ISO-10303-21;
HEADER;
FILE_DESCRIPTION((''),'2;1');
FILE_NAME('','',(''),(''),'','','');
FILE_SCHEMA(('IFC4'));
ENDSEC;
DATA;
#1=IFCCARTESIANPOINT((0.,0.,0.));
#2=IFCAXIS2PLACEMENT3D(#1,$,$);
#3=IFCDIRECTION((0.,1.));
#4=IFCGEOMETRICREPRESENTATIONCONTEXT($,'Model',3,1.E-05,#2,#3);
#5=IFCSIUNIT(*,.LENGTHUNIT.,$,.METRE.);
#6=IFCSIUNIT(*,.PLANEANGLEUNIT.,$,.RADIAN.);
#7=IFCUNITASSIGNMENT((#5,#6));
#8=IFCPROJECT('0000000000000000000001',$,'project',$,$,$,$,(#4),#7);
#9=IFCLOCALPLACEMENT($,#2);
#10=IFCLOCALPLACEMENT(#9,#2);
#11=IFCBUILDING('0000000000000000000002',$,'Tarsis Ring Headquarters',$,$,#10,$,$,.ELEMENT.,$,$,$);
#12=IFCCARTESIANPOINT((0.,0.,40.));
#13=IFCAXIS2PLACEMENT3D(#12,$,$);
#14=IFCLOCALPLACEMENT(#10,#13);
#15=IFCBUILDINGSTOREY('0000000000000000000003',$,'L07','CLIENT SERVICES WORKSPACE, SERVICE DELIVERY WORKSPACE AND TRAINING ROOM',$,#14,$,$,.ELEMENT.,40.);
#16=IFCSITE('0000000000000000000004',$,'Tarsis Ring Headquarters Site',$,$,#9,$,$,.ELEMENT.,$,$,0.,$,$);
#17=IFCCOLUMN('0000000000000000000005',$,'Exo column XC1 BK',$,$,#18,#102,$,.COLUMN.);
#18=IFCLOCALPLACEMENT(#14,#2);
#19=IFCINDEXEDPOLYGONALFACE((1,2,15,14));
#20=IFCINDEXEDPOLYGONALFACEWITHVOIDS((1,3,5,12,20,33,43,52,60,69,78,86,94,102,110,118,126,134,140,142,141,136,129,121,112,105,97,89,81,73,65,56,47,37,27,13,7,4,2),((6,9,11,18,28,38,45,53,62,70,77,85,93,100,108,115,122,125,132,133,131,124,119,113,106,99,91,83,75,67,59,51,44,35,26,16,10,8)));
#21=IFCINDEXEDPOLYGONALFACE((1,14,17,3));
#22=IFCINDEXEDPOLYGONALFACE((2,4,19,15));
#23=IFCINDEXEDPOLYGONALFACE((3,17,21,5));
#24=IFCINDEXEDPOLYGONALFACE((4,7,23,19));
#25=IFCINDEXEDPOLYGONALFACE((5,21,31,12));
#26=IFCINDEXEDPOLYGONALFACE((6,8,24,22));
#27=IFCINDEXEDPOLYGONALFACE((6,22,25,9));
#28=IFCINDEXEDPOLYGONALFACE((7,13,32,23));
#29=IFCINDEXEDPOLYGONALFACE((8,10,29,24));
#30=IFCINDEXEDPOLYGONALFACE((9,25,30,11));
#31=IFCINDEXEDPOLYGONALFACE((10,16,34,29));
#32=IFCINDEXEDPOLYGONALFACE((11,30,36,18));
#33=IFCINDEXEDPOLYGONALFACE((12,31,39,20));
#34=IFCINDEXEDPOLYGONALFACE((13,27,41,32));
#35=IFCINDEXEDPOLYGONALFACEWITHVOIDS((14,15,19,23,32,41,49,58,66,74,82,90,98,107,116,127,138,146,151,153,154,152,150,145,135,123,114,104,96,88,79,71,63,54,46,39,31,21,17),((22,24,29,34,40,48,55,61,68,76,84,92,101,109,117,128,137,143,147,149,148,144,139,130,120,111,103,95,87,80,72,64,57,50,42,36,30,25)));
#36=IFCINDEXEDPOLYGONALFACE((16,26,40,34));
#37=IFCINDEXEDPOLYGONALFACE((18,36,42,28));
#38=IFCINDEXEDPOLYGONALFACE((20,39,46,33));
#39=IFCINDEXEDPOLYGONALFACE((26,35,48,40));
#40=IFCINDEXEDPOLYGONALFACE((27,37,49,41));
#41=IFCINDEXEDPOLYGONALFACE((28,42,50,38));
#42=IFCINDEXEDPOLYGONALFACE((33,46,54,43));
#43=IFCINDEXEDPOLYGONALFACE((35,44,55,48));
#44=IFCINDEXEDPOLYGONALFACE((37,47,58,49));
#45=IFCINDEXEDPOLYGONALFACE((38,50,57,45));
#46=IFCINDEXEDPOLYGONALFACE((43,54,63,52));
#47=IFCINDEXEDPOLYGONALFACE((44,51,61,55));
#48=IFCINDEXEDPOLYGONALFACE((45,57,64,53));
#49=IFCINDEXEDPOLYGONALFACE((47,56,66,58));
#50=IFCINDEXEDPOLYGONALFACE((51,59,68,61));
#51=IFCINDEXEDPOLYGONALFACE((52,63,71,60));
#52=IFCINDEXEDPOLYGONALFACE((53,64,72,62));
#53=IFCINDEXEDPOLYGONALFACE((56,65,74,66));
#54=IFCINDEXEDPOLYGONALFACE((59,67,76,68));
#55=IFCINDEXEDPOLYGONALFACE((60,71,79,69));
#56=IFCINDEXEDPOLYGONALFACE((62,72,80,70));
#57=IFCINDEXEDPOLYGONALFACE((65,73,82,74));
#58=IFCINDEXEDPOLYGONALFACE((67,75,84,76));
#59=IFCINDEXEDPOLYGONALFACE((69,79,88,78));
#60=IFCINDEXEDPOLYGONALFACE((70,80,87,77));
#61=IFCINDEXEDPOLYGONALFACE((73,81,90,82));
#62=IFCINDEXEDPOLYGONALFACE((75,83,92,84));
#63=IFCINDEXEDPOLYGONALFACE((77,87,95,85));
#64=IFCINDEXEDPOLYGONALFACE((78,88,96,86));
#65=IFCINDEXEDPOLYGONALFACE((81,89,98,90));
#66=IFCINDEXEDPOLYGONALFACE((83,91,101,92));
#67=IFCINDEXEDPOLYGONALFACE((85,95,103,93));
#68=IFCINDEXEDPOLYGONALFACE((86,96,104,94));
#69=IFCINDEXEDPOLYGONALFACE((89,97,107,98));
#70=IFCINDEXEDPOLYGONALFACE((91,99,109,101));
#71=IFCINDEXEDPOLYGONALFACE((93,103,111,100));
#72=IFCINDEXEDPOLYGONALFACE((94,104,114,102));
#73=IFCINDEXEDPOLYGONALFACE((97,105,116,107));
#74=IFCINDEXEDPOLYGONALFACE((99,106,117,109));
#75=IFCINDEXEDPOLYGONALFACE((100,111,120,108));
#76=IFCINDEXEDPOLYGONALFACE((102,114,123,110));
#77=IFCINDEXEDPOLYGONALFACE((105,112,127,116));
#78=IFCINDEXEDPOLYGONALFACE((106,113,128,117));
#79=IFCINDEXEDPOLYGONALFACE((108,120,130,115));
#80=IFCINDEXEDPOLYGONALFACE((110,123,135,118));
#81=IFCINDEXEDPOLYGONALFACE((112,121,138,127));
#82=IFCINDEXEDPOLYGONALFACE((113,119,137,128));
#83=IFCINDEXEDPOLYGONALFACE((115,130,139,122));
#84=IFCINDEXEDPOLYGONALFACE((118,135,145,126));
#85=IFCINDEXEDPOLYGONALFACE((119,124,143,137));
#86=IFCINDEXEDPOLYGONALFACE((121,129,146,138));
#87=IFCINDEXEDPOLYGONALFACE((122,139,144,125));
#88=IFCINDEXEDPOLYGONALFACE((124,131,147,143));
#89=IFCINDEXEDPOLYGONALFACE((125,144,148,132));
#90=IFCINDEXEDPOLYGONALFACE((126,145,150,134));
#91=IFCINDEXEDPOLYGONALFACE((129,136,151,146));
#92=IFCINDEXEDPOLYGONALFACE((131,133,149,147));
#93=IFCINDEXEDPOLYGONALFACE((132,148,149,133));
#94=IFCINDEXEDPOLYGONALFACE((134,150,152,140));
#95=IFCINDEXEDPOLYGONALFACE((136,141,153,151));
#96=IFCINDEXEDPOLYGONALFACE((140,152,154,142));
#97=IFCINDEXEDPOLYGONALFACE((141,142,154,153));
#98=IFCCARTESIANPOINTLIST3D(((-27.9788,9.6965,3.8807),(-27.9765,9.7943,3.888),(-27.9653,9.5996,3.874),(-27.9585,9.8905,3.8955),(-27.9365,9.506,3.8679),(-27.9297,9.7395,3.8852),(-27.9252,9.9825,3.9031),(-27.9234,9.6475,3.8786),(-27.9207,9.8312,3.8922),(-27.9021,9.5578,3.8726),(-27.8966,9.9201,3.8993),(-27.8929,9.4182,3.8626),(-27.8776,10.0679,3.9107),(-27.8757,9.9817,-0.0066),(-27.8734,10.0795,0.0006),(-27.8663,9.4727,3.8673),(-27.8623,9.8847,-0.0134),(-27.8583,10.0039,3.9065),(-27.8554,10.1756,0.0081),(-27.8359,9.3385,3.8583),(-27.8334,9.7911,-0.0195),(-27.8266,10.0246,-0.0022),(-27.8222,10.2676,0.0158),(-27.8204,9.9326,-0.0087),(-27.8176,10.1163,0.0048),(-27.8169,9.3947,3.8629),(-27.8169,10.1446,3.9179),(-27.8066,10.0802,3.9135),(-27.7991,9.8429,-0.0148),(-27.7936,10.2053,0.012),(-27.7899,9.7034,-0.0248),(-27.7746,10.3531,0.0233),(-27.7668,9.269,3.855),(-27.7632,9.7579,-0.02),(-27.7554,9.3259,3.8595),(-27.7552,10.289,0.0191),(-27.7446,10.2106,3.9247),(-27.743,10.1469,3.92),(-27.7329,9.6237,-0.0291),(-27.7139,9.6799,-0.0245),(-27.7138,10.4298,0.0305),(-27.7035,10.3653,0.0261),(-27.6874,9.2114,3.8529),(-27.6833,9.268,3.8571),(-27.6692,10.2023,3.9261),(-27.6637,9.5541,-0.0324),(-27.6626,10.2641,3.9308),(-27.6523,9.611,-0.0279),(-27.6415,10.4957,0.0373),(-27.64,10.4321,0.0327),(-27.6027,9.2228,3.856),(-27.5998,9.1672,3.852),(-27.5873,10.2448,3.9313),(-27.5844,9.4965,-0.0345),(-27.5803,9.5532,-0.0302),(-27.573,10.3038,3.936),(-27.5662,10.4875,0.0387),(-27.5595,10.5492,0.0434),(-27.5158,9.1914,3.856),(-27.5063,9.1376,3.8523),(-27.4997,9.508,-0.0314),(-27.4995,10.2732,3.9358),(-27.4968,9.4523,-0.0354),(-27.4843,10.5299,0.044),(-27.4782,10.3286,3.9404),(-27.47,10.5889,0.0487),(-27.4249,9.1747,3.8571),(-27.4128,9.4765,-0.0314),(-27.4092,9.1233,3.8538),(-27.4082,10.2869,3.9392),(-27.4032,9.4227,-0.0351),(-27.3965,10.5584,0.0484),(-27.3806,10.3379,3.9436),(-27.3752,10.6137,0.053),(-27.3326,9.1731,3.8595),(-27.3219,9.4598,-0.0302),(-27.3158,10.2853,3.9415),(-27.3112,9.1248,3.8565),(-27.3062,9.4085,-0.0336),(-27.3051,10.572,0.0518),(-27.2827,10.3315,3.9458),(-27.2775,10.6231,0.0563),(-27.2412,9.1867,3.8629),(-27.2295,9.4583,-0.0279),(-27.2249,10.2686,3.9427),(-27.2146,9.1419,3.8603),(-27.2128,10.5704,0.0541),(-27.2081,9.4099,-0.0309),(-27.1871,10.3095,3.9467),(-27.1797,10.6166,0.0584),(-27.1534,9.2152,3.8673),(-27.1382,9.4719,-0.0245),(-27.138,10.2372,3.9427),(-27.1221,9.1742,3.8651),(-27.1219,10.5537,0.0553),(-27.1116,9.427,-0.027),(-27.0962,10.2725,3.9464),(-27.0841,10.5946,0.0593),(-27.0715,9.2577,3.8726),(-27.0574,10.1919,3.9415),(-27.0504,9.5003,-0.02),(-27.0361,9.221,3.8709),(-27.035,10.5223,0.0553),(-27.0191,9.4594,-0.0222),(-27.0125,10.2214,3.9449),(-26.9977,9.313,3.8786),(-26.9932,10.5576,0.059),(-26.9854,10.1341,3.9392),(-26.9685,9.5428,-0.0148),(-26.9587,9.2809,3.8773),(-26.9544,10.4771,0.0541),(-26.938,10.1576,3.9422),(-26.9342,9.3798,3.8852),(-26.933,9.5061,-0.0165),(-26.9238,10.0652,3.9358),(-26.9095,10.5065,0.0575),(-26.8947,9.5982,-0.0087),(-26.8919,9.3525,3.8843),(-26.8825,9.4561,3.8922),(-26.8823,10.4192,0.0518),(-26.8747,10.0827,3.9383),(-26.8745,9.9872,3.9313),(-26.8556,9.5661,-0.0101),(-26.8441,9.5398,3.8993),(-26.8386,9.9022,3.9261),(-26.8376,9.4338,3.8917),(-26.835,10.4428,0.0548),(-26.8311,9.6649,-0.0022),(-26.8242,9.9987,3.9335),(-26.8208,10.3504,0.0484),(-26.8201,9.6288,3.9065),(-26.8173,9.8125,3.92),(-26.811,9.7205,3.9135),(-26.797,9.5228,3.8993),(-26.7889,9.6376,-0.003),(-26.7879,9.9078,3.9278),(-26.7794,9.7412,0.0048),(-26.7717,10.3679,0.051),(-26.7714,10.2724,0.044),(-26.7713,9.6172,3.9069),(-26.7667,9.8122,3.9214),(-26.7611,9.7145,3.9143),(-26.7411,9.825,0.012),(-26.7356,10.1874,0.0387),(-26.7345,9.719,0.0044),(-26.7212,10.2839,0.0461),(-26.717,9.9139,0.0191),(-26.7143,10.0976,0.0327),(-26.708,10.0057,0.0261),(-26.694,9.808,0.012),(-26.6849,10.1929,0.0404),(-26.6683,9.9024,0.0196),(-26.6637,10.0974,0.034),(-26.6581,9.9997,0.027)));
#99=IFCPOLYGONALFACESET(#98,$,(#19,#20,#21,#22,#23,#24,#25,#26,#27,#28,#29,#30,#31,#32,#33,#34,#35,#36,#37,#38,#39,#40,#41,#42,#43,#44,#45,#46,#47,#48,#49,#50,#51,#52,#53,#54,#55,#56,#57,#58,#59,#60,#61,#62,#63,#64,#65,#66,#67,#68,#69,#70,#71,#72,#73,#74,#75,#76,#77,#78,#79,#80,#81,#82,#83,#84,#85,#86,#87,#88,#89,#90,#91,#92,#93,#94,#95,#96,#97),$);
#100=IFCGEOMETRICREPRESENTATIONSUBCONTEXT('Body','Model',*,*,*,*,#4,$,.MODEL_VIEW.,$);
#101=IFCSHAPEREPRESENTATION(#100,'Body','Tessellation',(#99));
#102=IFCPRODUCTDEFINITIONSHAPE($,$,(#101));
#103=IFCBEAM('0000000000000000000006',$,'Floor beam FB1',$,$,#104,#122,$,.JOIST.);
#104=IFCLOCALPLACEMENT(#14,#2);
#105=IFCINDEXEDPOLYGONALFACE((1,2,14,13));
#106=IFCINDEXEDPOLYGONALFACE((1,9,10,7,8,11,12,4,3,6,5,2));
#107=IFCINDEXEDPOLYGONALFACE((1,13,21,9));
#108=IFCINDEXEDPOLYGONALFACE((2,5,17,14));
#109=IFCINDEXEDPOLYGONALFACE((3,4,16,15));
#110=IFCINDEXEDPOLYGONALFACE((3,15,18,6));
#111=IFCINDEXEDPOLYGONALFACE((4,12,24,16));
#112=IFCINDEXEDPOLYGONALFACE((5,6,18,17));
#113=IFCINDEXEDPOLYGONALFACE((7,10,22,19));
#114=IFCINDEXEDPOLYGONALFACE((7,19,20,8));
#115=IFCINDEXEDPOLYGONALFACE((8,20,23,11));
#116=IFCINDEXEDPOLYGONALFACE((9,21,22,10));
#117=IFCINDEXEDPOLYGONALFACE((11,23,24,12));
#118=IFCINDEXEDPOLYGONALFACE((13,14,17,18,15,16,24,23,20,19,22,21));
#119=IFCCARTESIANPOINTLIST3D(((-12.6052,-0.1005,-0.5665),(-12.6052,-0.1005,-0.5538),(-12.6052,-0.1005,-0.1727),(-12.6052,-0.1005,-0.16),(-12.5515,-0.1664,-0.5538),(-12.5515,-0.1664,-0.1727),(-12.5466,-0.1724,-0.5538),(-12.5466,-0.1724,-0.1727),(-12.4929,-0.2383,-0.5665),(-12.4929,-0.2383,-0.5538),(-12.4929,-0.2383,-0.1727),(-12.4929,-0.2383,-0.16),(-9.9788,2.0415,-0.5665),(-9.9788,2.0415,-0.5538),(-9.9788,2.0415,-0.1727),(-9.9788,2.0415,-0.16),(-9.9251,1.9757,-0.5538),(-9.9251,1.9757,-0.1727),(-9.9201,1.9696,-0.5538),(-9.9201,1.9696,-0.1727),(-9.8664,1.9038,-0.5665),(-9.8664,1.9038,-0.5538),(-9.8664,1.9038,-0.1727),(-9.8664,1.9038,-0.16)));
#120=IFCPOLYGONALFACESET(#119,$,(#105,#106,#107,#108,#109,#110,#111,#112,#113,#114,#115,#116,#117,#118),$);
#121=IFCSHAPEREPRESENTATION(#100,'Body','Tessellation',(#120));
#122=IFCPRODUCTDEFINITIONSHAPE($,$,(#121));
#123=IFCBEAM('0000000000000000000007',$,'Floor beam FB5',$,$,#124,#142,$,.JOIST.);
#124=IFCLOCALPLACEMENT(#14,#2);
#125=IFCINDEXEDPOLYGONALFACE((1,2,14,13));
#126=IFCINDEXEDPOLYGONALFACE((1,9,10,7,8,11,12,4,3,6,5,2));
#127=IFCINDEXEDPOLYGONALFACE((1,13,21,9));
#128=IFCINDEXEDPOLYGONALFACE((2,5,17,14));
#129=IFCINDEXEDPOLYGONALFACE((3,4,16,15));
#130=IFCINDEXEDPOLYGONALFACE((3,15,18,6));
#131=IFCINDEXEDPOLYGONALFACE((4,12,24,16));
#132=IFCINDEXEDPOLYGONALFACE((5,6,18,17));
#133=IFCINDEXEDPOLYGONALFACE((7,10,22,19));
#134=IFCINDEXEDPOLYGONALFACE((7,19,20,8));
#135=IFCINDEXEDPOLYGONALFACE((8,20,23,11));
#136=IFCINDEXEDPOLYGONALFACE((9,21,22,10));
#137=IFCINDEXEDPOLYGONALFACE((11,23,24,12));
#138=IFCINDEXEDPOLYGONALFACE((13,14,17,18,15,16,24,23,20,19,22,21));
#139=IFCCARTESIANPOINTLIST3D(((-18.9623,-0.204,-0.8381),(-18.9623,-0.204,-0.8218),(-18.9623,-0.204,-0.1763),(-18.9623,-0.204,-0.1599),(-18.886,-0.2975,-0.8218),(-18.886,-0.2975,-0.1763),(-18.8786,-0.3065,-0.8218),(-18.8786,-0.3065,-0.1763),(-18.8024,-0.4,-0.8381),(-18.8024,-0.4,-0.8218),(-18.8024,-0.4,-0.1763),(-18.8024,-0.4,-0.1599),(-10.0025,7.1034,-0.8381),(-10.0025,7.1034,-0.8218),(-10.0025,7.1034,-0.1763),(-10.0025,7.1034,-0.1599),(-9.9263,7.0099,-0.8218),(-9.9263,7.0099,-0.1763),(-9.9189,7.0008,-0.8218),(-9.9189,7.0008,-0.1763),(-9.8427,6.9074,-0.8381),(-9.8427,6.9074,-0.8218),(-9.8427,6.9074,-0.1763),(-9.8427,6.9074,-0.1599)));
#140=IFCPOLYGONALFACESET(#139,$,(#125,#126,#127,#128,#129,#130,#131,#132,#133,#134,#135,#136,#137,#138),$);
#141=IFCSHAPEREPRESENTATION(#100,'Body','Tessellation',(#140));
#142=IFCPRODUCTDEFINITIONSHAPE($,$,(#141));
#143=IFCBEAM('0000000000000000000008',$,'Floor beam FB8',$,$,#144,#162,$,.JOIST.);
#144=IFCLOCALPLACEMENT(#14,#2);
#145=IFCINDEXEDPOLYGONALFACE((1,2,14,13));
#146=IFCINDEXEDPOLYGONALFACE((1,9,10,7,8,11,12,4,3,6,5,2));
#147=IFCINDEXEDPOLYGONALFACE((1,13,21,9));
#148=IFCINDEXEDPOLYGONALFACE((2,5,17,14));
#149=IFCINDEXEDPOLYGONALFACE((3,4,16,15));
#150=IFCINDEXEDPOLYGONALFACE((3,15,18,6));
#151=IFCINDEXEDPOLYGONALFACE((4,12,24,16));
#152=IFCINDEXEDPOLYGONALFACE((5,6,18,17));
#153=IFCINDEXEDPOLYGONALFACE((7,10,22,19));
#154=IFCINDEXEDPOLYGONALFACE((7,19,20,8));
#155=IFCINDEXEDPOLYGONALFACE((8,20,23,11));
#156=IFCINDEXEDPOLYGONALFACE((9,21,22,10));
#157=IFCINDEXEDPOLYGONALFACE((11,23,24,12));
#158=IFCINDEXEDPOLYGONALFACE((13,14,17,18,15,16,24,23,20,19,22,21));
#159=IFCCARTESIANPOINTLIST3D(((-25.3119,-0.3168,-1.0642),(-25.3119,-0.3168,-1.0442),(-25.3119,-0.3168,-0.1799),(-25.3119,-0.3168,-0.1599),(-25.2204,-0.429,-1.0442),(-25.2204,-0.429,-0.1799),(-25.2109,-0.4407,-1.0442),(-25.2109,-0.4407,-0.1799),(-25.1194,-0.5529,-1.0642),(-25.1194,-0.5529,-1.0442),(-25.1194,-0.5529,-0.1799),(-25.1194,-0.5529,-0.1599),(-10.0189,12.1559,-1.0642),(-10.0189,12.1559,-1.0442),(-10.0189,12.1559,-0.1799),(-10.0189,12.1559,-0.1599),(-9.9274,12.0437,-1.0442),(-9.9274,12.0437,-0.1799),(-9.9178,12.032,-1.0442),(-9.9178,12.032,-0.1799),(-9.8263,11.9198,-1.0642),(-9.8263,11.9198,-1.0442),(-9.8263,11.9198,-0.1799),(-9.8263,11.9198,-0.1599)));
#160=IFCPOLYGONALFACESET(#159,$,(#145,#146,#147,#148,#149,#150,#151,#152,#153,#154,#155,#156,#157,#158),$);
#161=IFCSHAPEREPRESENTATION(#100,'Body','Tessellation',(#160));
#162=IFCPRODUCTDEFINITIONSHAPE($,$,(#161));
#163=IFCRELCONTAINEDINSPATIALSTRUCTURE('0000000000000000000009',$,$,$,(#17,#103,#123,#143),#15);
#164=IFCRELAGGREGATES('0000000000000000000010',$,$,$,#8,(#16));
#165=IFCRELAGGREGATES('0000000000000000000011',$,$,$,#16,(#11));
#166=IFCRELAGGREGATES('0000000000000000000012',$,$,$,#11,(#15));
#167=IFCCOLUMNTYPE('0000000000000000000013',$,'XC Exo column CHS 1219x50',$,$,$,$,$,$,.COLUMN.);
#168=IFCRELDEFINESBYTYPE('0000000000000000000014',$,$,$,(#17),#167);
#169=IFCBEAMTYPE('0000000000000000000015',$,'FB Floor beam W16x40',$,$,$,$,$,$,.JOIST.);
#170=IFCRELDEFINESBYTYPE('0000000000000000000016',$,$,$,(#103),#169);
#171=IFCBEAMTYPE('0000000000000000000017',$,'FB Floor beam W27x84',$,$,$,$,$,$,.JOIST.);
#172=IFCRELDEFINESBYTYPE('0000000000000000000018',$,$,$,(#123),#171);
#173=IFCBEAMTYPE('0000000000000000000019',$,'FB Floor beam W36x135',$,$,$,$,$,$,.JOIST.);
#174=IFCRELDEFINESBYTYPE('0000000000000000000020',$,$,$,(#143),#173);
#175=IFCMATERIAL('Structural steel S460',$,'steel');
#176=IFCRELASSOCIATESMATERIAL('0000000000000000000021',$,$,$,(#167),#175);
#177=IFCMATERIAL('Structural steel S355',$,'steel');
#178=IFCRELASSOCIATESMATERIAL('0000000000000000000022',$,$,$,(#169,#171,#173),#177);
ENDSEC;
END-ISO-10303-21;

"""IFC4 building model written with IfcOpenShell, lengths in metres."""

from ifc_helpers import new_model, si_unit, direction, frame, origin, origin_2d, place, context, subcontext, project, spatial, hollow_circle, i_section, extrude, material, material_profile, profile_set, type_object, element, save


model = new_model("IFC4")

# Units and contexts
model_context = context("Model", 3, precision=1e-05, world=origin(), true_north=direction((0.0, 1.0)))
body_context = subcontext(model_context, "Body", "Model", "MODEL_VIEW")
ifc_project = project(units=[si_unit("LENGTHUNIT", "METRE"), si_unit("PLANEANGLEUNIT", "RADIAN")], contexts=[model_context])

# Site, building, storey
site_placement = place(None, origin())
site = spatial("IfcSite", under=ifc_project, at=site_placement, Name="Tarsis Ring Headquarters Site", CompositionType="ELEMENT", RefElevation=0.0)
building_placement = place(site_placement, origin())
building = spatial("IfcBuilding", under=site, at=building_placement, Name="Tarsis Ring Headquarters", CompositionType="ELEMENT")
storey_placement = place(building_placement, frame((0.0, 0.0, 40.0)))
storey = spatial("IfcBuildingStorey", under=building, at=storey_placement, Name="L07", Description="CLIENT SERVICES WORKSPACE, SERVICE DELIVERY WORKSPACE AND TRAINING ROOM", CompositionType="ELEMENT", Elevation=40.0)

# Column
ifc_material_1 = material(Name="Structural steel S460", Category="steel")
ifc_material_profile_1 = material_profile(ifc_material_1, hollow_circle(Radius=0.6096, WallThickness=0.05, at=origin_2d()), Name="CHS 1219x50")
ifc_profile_set_1 = profile_set([ifc_material_profile_1], Name="Structural steel S460")
column_type = type_object("IfcColumnType", Name="XC Exo column CHS 1219x50", PredefinedType="COLUMN", material=ifc_profile_set_1)
column_placement = place(storey_placement, frame((-27.2673, 10.0151, 0.012), z_axis=(-0.026422, -0.073131, 0.996972), x_axis=(0.940497, -0.339803, 0.0)))
element("IfcColumn", 1, at=column_placement, inside=storey, type_object=column_type, Name="Exo column XC1 BK", PredefinedType="COLUMN", context=body_context, shape_type="SweptSolid", body=[
    extrude(hollow_circle(Radius=0.6096, WallThickness=0.05, at=origin_2d()), origin(), (0.0, 0.0, 1.0), 3.8992),
])

# Beams
ifc_material_2 = material(Name="Structural steel S355", Category="steel")
ifc_material_profile_2 = material_profile(ifc_material_2, i_section(OverallWidth=0.1777, OverallDepth=0.4065, WebThickness=0.0078, FlangeThickness=0.0127, at=origin_2d()), Name="W16x40")
ifc_profile_set_2 = profile_set([ifc_material_profile_2], Name="Structural steel S355")
beam_type_1 = type_object("IfcBeamType", Name="FB Floor beam W16x40", PredefinedType="JOIST", material=ifc_profile_set_2)
beam_1_placement = place(storey_placement, frame((-9.9226, 1.9727, -0.3633), z_axis=(-0.774945, -0.632029, 0.0), x_axis=(0.632029, -0.774945, 0.0)))
element("IfcBeam", 2, at=beam_1_placement, inside=storey, type_object=beam_type_1, Name="Floor beam FB1", PredefinedType="JOIST", context=body_context, shape_type="SweptSolid", body=[
    extrude(i_section(OverallWidth=0.1777, OverallDepth=0.4065, WebThickness=0.0078, FlangeThickness=0.0127, at=origin_2d()), origin(), (0.0, 0.0, 1.0), 3.3892),
])
ifc_material_profile_3 = material_profile(ifc_material_2, i_section(OverallWidth=0.2529, OverallDepth=0.6782, WebThickness=0.0117, FlangeThickness=0.0164, at=origin_2d()), Name="W27x84")
ifc_profile_set_3 = profile_set([ifc_material_profile_3], Name="Structural steel S355")
beam_type_2 = type_object("IfcBeamType", Name="FB Floor beam W27x84", PredefinedType="JOIST", material=ifc_profile_set_3)
beam_2_placement = place(storey_placement, frame((-9.9226, 7.0054, -0.499), z_axis=(-0.774944, -0.63203, 0.0), x_axis=(0.63203, -0.774944, 0.0)))
element("IfcBeam", 3, at=beam_2_placement, inside=storey, type_object=beam_type_2, Name="Floor beam FB5", PredefinedType="JOIST", context=body_context, shape_type="SweptSolid", body=[
    extrude(i_section(OverallWidth=0.2529, OverallDepth=0.6782, WebThickness=0.0117, FlangeThickness=0.0164, at=origin_2d()), origin(), (0.0, 0.0, 1.0), 11.5618),
])
ifc_material_profile_4 = material_profile(ifc_material_2, i_section(OverallWidth=0.3047, OverallDepth=0.9043, WebThickness=0.0151, FlangeThickness=0.02, at=origin_2d()), Name="W36x135")
ifc_profile_set_4 = profile_set([ifc_material_profile_4], Name="Structural steel S355")
beam_type_3 = type_object("IfcBeamType", Name="FB Floor beam W36x135", PredefinedType="JOIST", material=ifc_profile_set_4)
beam_3_placement = place(storey_placement, frame((-9.9226, 12.0378, -0.6121), z_axis=(-0.774944, -0.63203, 0.0), x_axis=(0.63203, -0.774944, 0.0)))
element("IfcBeam", 4, at=beam_3_placement, inside=storey, type_object=beam_type_3, Name="Floor beam FB8", PredefinedType="JOIST", context=body_context, shape_type="SweptSolid", body=[
    extrude(i_section(OverallWidth=0.3047, OverallDepth=0.9043, WebThickness=0.0151, FlangeThickness=0.02, at=origin_2d()), origin(), (0.0, 0.0, 1.0), 19.7344),
])

save(model, "model.ifc")
